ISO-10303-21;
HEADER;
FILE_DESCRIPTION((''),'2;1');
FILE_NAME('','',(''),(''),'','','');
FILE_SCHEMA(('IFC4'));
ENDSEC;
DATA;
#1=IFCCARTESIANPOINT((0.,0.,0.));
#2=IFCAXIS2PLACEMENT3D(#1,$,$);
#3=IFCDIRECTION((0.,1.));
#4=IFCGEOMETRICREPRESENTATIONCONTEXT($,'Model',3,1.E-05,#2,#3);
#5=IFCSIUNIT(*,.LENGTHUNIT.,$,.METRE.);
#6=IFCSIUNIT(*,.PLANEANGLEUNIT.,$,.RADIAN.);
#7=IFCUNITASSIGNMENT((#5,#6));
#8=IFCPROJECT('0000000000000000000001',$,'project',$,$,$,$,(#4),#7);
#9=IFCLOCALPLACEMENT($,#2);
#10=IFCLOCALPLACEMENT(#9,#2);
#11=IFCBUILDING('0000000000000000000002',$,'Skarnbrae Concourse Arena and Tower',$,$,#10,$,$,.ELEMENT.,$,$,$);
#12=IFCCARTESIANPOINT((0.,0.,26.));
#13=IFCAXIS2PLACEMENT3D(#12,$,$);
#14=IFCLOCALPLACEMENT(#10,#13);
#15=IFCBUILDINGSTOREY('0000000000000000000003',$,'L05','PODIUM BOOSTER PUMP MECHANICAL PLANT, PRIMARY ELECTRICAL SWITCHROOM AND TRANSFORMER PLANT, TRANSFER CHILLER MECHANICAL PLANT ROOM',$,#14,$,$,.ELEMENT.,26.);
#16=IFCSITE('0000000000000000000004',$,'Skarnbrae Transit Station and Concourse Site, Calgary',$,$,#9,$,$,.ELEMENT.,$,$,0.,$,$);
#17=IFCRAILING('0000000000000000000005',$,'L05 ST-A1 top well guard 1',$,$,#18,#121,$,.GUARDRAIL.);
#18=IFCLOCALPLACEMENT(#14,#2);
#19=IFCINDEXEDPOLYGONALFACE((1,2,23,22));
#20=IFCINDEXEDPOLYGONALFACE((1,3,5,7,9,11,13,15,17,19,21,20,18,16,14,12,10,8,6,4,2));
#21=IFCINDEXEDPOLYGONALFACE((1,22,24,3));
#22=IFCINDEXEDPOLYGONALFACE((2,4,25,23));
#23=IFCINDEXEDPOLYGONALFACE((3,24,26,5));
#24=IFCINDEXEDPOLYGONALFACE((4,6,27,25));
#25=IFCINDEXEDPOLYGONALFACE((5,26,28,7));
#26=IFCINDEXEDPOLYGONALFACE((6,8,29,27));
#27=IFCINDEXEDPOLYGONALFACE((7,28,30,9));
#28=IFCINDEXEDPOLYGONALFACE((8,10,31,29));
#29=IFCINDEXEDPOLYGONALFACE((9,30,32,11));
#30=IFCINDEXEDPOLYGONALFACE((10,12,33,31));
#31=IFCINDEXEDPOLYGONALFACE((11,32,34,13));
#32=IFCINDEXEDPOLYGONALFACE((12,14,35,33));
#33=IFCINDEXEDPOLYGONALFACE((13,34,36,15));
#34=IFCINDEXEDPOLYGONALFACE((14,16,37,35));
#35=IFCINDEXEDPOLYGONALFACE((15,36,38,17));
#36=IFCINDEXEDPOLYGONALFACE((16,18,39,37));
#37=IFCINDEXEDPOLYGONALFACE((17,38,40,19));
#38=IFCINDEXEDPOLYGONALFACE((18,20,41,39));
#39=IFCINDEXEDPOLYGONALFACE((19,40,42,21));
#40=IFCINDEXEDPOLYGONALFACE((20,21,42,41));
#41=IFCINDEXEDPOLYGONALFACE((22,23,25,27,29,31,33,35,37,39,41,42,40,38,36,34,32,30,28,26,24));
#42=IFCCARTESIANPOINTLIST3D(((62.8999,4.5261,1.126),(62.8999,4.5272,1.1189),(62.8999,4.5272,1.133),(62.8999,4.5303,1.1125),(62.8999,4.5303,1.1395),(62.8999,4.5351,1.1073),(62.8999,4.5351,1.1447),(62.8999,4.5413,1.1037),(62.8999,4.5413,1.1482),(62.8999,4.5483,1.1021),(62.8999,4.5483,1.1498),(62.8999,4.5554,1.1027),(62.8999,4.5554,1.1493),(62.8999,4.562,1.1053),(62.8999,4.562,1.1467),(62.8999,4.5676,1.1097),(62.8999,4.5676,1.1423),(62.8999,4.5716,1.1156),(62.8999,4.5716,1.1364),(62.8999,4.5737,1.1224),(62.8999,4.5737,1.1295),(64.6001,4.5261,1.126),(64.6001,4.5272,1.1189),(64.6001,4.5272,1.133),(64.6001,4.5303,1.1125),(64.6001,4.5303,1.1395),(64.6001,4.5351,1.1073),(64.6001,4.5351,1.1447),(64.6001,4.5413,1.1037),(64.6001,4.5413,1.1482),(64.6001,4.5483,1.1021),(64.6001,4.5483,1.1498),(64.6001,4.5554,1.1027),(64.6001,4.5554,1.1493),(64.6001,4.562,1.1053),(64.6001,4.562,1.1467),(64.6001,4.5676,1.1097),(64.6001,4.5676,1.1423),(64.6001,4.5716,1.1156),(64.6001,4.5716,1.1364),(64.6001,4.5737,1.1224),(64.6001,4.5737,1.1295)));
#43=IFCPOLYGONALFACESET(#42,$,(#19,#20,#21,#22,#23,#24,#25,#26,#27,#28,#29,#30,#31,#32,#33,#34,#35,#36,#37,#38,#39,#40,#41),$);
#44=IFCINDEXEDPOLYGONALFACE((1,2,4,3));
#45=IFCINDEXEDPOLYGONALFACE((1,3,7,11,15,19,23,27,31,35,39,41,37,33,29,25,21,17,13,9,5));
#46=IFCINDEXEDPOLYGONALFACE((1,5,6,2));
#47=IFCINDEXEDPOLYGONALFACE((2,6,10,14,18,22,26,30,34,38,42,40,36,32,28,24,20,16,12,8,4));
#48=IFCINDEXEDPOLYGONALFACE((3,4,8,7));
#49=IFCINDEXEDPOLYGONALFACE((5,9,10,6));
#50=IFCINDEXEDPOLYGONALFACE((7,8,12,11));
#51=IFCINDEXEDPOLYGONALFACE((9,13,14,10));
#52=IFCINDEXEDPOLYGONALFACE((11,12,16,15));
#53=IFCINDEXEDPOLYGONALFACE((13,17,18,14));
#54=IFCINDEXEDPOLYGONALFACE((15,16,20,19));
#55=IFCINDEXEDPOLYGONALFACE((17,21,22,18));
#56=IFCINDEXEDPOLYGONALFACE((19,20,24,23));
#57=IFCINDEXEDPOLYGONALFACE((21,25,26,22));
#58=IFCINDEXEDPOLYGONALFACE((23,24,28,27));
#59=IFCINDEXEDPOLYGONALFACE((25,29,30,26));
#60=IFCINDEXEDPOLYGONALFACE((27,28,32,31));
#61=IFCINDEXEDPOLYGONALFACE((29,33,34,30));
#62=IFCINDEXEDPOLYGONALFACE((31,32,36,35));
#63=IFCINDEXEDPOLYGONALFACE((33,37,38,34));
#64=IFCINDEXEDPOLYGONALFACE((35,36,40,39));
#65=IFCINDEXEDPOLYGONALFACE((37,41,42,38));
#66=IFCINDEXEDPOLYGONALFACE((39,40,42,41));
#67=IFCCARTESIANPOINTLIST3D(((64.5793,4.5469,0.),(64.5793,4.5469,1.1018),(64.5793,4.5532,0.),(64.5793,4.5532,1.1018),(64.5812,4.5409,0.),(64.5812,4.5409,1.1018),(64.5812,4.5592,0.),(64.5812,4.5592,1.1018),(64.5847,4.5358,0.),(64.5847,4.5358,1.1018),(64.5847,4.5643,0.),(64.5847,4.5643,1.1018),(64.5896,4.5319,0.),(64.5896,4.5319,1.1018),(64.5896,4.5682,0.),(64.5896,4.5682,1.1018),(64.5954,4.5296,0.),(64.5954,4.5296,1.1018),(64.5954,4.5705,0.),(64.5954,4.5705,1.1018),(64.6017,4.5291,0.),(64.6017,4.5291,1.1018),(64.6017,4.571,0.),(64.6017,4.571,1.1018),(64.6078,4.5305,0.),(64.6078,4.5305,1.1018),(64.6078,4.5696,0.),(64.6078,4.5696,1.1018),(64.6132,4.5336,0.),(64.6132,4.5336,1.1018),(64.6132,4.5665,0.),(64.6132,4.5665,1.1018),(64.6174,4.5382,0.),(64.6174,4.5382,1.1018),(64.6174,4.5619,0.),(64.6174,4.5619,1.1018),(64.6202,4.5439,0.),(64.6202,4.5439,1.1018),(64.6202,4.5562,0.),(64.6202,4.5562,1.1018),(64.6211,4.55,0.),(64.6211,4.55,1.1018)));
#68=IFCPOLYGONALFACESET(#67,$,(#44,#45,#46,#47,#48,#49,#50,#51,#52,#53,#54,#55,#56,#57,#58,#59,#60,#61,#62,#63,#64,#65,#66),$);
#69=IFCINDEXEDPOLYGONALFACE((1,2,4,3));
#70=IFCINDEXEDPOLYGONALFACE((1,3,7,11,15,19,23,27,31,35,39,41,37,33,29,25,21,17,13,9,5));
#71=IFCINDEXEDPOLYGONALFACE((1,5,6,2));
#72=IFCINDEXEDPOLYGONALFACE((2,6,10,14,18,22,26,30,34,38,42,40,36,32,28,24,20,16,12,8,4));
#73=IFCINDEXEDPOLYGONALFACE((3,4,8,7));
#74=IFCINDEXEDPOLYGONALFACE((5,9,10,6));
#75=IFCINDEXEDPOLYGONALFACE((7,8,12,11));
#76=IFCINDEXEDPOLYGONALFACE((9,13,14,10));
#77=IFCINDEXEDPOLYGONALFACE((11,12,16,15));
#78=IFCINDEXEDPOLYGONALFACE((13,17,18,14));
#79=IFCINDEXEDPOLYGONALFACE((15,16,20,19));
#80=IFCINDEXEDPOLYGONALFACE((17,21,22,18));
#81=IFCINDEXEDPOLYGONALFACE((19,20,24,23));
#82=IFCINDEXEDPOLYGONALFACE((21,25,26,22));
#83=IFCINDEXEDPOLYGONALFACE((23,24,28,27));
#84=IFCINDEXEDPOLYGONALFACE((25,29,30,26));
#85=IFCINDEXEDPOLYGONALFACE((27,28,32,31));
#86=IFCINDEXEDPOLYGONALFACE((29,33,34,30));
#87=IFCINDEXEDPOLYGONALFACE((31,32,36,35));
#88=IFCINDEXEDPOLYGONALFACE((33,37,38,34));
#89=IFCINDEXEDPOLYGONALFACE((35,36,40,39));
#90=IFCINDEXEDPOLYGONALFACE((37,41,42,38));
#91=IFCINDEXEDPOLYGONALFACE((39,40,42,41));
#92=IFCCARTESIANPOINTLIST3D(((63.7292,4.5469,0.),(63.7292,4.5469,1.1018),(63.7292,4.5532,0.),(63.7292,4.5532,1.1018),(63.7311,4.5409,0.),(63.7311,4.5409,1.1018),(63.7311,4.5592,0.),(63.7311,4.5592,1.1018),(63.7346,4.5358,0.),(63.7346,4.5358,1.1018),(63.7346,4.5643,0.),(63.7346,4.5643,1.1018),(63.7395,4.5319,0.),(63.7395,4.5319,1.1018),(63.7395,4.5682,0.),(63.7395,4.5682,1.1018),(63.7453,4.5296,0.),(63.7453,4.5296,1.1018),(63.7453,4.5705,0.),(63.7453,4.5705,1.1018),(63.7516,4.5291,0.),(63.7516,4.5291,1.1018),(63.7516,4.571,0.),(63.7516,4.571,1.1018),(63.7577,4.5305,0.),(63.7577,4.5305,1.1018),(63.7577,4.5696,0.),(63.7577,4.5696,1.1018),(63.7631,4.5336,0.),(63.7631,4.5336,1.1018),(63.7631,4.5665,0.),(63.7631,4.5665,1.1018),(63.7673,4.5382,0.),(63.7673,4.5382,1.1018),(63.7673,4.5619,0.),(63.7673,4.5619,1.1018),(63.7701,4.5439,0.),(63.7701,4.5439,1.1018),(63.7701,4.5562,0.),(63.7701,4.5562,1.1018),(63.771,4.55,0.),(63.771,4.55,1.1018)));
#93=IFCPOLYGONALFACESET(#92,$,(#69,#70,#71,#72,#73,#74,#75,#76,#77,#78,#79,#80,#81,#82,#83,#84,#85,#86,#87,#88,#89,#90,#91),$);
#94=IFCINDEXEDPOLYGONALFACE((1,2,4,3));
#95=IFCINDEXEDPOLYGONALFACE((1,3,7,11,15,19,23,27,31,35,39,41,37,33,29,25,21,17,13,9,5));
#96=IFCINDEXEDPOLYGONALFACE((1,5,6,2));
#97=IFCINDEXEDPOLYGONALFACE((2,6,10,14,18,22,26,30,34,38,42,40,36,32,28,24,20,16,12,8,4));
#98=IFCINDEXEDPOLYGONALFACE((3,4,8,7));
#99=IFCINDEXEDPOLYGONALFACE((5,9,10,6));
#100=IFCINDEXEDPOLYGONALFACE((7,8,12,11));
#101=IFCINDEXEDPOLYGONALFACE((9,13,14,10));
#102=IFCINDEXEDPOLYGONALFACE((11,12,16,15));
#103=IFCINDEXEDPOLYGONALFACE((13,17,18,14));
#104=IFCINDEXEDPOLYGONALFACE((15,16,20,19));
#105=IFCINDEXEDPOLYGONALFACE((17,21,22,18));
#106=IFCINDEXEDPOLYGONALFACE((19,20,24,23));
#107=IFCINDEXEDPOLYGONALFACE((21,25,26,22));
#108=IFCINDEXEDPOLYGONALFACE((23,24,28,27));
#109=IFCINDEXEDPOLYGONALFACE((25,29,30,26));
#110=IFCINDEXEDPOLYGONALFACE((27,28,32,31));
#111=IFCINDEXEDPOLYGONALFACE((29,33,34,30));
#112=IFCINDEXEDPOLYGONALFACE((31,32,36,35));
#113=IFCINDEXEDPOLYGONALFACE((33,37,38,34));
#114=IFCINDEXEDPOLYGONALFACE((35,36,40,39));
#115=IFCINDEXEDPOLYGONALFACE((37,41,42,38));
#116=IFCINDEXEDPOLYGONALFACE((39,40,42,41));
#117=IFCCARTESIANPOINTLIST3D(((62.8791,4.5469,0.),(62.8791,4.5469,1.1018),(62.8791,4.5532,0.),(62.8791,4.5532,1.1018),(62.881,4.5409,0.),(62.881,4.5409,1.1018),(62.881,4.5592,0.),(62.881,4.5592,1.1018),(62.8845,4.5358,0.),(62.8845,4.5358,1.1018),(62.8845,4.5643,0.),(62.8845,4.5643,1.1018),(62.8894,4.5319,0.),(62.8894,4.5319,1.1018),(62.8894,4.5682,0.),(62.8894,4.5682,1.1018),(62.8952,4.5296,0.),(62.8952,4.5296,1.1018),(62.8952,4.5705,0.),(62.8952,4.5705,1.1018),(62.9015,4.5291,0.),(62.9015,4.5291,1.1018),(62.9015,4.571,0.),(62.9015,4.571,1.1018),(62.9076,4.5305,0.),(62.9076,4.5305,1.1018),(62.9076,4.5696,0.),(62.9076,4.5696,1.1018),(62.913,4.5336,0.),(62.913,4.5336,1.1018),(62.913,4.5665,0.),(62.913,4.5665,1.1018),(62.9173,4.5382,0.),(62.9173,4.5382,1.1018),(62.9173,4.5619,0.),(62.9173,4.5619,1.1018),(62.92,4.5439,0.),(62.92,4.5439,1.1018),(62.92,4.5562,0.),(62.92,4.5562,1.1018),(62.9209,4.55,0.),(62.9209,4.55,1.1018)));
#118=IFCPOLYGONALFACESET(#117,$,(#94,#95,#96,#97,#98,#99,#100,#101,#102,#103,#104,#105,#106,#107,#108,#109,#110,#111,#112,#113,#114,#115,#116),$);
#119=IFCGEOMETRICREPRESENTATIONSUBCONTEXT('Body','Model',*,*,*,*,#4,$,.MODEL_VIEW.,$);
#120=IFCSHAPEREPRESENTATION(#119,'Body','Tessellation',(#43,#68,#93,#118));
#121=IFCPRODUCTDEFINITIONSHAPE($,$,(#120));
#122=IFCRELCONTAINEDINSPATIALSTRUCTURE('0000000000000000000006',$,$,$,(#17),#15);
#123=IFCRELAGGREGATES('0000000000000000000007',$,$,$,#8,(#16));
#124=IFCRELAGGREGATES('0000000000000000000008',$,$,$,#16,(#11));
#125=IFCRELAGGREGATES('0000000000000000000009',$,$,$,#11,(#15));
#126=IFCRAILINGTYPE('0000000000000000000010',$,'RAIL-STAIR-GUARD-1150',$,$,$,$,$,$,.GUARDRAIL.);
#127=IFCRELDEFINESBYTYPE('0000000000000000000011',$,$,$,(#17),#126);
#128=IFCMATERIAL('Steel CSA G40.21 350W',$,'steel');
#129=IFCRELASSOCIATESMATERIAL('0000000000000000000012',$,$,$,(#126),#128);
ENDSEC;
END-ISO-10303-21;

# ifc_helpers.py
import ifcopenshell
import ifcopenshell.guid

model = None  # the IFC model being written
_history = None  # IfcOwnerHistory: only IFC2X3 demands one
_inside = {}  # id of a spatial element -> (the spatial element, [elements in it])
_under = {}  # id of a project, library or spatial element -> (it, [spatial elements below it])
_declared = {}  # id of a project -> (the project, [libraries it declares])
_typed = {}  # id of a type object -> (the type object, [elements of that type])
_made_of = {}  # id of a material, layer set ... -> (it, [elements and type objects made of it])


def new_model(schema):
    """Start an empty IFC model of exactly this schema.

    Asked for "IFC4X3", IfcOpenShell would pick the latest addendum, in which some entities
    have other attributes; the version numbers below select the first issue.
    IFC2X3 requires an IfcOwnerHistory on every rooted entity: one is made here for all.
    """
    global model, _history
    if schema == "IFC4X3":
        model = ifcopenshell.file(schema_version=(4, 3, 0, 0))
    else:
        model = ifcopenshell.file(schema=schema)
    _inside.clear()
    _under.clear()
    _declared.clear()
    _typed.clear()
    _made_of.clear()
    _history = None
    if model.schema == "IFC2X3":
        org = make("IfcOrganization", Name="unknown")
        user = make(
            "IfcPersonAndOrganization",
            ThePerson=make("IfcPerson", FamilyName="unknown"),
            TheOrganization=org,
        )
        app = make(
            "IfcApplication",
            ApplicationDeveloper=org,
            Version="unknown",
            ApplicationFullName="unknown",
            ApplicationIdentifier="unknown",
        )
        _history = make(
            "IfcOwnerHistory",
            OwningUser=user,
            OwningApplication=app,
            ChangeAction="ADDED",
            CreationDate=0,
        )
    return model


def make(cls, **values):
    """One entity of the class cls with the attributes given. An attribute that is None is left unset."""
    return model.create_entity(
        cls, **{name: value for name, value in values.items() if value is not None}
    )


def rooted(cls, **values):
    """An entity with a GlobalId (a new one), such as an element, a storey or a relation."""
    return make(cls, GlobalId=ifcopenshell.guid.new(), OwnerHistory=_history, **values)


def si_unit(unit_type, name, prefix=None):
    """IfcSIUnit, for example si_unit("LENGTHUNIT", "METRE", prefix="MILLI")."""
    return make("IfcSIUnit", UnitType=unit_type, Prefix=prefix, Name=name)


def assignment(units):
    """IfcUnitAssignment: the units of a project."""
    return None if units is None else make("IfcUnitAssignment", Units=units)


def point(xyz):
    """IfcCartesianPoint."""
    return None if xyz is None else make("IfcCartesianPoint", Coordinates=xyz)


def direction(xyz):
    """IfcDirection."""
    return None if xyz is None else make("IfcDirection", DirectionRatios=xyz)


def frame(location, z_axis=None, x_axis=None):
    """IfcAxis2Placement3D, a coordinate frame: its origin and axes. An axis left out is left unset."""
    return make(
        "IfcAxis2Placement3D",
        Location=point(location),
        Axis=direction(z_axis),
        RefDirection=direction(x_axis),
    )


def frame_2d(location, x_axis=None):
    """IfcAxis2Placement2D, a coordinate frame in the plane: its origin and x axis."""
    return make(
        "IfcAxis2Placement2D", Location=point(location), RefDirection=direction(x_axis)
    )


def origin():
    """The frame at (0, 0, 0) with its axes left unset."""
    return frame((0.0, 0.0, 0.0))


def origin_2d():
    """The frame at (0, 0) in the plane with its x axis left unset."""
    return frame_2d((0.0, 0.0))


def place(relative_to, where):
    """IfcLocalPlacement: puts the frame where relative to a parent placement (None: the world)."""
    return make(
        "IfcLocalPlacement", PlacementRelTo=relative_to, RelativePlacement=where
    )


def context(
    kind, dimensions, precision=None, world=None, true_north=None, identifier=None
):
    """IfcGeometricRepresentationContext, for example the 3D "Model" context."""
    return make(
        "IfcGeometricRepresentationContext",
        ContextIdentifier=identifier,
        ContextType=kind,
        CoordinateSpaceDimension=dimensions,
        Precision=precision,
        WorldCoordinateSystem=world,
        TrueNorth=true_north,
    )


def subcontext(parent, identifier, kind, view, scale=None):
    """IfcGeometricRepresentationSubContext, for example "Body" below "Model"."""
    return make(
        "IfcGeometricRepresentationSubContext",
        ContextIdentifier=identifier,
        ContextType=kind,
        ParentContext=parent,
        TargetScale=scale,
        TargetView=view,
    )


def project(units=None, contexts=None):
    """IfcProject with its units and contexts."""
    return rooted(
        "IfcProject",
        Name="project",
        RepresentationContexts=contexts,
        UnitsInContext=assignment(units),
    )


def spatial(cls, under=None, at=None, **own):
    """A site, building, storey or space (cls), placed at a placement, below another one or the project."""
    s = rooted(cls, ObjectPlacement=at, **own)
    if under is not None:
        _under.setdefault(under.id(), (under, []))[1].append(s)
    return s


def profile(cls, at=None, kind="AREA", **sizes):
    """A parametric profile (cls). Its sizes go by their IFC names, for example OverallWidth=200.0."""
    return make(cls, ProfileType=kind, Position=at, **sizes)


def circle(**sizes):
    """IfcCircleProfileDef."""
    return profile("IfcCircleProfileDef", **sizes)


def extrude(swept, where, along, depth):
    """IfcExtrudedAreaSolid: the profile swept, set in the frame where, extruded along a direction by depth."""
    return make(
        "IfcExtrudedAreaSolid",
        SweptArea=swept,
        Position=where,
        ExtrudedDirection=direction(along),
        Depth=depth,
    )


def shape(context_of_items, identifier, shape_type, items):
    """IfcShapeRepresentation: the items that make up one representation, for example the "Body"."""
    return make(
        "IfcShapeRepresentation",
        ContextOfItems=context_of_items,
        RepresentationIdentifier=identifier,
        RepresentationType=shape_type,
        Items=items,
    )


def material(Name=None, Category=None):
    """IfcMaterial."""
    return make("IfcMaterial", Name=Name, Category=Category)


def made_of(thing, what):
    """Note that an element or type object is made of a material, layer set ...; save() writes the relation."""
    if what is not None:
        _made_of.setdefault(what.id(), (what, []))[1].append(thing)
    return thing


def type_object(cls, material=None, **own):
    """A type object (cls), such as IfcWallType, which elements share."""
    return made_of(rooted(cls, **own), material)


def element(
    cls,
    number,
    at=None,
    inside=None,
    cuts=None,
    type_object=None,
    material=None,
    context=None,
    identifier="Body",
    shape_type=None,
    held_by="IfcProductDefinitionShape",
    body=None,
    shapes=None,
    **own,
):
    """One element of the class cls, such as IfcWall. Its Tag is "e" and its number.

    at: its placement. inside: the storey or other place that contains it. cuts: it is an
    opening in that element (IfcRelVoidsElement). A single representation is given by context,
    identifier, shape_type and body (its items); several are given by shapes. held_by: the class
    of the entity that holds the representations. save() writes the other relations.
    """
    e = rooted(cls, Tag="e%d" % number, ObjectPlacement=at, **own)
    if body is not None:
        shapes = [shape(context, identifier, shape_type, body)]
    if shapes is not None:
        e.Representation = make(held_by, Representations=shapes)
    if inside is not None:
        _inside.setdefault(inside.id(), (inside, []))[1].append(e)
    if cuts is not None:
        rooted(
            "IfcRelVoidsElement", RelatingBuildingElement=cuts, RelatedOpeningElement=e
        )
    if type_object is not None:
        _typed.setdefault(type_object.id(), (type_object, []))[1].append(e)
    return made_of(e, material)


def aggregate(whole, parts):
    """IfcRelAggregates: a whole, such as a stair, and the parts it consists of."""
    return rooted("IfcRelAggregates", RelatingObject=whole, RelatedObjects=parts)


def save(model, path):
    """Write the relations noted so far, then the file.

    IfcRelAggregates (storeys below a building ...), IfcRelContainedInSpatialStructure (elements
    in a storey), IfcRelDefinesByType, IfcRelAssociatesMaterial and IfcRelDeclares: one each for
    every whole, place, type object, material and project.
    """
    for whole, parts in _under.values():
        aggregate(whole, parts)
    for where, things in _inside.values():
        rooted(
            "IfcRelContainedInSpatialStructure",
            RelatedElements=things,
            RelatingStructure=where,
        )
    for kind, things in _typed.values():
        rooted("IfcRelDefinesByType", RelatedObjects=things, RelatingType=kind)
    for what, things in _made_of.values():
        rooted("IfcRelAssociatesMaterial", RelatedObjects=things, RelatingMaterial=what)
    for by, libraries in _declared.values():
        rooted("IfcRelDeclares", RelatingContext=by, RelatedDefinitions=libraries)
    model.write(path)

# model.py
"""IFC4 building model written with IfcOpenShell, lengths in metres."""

from ifc_helpers import new_model, si_unit, direction, frame, origin, origin_2d, place, context, subcontext, project, spatial, circle, extrude, material, type_object, element, save


model = new_model("IFC4")

# Units and contexts
model_context = context("Model", 3, precision=1e-05, world=origin(), true_north=direction((0.0, 1.0)))
body_context = subcontext(model_context, "Body", "Model", "MODEL_VIEW")
ifc_project = project(units=[si_unit("LENGTHUNIT", "METRE"), si_unit("PLANEANGLEUNIT", "RADIAN")], contexts=[model_context])

# Site, building, storey
site_placement = place(None, origin())
site = spatial("IfcSite", under=ifc_project, at=site_placement, Name="Skarnbrae Transit Station and Concourse Site, Calgary", CompositionType="ELEMENT", RefElevation=0.0)
building_placement = place(site_placement, origin())
building = spatial("IfcBuilding", under=site, at=building_placement, Name="Skarnbrae Concourse Arena and Tower", CompositionType="ELEMENT")
storey_placement = place(building_placement, frame((0.0, 0.0, 26.0)))
storey = spatial("IfcBuildingStorey", under=building, at=storey_placement, Name="L05", Description="PODIUM BOOSTER PUMP MECHANICAL PLANT, PRIMARY ELECTRICAL SWITCHROOM AND TRANSFORMER PLANT, TRANSFER CHILLER MECHANICAL PLANT ROOM", CompositionType="ELEMENT", Elevation=26.0)

# Shared definitions
ifc_material_1 = material(Name="Steel CSA G40.21 350W", Category="steel")

# Railing
railing_type = type_object("IfcRailingType", Name="RAIL-STAIR-GUARD-1150", PredefinedType="GUARDRAIL", material=ifc_material_1)
railing_1_placement = place(storey_placement, frame((64.6001, 4.55, 0.0)))
element("IfcRailing", 1, at=railing_1_placement, inside=storey, type_object=railing_type, Name="L05 ST-A1 top well guard 1", PredefinedType="GUARDRAIL", context=body_context, shape_type="SweptSolid", body=[
    extrude(circle(Radius=0.0239, at=origin_2d()), frame((0.0, 0.0, 1.126), z_axis=(-1.0, 0.0, 0.0), x_axis=(0.0, -1.0, 0.0)), (0.0, 0.0, 1.0), 1.7002),
    extrude(circle(Radius=0.021, at=origin_2d()), origin(), (0.0, 0.0, 1.0), 1.1018),
    extrude(circle(Radius=0.021, at=origin_2d()), frame((-0.8501, 0.0, 0.0)), (0.0, 0.0, 1.0), 1.1018),
    extrude(circle(Radius=0.021, at=origin_2d()), frame((-1.7002, 0.0, 0.0)), (0.0, 0.0, 1.0), 1.1018),
])

save(model, "model.ifc")
